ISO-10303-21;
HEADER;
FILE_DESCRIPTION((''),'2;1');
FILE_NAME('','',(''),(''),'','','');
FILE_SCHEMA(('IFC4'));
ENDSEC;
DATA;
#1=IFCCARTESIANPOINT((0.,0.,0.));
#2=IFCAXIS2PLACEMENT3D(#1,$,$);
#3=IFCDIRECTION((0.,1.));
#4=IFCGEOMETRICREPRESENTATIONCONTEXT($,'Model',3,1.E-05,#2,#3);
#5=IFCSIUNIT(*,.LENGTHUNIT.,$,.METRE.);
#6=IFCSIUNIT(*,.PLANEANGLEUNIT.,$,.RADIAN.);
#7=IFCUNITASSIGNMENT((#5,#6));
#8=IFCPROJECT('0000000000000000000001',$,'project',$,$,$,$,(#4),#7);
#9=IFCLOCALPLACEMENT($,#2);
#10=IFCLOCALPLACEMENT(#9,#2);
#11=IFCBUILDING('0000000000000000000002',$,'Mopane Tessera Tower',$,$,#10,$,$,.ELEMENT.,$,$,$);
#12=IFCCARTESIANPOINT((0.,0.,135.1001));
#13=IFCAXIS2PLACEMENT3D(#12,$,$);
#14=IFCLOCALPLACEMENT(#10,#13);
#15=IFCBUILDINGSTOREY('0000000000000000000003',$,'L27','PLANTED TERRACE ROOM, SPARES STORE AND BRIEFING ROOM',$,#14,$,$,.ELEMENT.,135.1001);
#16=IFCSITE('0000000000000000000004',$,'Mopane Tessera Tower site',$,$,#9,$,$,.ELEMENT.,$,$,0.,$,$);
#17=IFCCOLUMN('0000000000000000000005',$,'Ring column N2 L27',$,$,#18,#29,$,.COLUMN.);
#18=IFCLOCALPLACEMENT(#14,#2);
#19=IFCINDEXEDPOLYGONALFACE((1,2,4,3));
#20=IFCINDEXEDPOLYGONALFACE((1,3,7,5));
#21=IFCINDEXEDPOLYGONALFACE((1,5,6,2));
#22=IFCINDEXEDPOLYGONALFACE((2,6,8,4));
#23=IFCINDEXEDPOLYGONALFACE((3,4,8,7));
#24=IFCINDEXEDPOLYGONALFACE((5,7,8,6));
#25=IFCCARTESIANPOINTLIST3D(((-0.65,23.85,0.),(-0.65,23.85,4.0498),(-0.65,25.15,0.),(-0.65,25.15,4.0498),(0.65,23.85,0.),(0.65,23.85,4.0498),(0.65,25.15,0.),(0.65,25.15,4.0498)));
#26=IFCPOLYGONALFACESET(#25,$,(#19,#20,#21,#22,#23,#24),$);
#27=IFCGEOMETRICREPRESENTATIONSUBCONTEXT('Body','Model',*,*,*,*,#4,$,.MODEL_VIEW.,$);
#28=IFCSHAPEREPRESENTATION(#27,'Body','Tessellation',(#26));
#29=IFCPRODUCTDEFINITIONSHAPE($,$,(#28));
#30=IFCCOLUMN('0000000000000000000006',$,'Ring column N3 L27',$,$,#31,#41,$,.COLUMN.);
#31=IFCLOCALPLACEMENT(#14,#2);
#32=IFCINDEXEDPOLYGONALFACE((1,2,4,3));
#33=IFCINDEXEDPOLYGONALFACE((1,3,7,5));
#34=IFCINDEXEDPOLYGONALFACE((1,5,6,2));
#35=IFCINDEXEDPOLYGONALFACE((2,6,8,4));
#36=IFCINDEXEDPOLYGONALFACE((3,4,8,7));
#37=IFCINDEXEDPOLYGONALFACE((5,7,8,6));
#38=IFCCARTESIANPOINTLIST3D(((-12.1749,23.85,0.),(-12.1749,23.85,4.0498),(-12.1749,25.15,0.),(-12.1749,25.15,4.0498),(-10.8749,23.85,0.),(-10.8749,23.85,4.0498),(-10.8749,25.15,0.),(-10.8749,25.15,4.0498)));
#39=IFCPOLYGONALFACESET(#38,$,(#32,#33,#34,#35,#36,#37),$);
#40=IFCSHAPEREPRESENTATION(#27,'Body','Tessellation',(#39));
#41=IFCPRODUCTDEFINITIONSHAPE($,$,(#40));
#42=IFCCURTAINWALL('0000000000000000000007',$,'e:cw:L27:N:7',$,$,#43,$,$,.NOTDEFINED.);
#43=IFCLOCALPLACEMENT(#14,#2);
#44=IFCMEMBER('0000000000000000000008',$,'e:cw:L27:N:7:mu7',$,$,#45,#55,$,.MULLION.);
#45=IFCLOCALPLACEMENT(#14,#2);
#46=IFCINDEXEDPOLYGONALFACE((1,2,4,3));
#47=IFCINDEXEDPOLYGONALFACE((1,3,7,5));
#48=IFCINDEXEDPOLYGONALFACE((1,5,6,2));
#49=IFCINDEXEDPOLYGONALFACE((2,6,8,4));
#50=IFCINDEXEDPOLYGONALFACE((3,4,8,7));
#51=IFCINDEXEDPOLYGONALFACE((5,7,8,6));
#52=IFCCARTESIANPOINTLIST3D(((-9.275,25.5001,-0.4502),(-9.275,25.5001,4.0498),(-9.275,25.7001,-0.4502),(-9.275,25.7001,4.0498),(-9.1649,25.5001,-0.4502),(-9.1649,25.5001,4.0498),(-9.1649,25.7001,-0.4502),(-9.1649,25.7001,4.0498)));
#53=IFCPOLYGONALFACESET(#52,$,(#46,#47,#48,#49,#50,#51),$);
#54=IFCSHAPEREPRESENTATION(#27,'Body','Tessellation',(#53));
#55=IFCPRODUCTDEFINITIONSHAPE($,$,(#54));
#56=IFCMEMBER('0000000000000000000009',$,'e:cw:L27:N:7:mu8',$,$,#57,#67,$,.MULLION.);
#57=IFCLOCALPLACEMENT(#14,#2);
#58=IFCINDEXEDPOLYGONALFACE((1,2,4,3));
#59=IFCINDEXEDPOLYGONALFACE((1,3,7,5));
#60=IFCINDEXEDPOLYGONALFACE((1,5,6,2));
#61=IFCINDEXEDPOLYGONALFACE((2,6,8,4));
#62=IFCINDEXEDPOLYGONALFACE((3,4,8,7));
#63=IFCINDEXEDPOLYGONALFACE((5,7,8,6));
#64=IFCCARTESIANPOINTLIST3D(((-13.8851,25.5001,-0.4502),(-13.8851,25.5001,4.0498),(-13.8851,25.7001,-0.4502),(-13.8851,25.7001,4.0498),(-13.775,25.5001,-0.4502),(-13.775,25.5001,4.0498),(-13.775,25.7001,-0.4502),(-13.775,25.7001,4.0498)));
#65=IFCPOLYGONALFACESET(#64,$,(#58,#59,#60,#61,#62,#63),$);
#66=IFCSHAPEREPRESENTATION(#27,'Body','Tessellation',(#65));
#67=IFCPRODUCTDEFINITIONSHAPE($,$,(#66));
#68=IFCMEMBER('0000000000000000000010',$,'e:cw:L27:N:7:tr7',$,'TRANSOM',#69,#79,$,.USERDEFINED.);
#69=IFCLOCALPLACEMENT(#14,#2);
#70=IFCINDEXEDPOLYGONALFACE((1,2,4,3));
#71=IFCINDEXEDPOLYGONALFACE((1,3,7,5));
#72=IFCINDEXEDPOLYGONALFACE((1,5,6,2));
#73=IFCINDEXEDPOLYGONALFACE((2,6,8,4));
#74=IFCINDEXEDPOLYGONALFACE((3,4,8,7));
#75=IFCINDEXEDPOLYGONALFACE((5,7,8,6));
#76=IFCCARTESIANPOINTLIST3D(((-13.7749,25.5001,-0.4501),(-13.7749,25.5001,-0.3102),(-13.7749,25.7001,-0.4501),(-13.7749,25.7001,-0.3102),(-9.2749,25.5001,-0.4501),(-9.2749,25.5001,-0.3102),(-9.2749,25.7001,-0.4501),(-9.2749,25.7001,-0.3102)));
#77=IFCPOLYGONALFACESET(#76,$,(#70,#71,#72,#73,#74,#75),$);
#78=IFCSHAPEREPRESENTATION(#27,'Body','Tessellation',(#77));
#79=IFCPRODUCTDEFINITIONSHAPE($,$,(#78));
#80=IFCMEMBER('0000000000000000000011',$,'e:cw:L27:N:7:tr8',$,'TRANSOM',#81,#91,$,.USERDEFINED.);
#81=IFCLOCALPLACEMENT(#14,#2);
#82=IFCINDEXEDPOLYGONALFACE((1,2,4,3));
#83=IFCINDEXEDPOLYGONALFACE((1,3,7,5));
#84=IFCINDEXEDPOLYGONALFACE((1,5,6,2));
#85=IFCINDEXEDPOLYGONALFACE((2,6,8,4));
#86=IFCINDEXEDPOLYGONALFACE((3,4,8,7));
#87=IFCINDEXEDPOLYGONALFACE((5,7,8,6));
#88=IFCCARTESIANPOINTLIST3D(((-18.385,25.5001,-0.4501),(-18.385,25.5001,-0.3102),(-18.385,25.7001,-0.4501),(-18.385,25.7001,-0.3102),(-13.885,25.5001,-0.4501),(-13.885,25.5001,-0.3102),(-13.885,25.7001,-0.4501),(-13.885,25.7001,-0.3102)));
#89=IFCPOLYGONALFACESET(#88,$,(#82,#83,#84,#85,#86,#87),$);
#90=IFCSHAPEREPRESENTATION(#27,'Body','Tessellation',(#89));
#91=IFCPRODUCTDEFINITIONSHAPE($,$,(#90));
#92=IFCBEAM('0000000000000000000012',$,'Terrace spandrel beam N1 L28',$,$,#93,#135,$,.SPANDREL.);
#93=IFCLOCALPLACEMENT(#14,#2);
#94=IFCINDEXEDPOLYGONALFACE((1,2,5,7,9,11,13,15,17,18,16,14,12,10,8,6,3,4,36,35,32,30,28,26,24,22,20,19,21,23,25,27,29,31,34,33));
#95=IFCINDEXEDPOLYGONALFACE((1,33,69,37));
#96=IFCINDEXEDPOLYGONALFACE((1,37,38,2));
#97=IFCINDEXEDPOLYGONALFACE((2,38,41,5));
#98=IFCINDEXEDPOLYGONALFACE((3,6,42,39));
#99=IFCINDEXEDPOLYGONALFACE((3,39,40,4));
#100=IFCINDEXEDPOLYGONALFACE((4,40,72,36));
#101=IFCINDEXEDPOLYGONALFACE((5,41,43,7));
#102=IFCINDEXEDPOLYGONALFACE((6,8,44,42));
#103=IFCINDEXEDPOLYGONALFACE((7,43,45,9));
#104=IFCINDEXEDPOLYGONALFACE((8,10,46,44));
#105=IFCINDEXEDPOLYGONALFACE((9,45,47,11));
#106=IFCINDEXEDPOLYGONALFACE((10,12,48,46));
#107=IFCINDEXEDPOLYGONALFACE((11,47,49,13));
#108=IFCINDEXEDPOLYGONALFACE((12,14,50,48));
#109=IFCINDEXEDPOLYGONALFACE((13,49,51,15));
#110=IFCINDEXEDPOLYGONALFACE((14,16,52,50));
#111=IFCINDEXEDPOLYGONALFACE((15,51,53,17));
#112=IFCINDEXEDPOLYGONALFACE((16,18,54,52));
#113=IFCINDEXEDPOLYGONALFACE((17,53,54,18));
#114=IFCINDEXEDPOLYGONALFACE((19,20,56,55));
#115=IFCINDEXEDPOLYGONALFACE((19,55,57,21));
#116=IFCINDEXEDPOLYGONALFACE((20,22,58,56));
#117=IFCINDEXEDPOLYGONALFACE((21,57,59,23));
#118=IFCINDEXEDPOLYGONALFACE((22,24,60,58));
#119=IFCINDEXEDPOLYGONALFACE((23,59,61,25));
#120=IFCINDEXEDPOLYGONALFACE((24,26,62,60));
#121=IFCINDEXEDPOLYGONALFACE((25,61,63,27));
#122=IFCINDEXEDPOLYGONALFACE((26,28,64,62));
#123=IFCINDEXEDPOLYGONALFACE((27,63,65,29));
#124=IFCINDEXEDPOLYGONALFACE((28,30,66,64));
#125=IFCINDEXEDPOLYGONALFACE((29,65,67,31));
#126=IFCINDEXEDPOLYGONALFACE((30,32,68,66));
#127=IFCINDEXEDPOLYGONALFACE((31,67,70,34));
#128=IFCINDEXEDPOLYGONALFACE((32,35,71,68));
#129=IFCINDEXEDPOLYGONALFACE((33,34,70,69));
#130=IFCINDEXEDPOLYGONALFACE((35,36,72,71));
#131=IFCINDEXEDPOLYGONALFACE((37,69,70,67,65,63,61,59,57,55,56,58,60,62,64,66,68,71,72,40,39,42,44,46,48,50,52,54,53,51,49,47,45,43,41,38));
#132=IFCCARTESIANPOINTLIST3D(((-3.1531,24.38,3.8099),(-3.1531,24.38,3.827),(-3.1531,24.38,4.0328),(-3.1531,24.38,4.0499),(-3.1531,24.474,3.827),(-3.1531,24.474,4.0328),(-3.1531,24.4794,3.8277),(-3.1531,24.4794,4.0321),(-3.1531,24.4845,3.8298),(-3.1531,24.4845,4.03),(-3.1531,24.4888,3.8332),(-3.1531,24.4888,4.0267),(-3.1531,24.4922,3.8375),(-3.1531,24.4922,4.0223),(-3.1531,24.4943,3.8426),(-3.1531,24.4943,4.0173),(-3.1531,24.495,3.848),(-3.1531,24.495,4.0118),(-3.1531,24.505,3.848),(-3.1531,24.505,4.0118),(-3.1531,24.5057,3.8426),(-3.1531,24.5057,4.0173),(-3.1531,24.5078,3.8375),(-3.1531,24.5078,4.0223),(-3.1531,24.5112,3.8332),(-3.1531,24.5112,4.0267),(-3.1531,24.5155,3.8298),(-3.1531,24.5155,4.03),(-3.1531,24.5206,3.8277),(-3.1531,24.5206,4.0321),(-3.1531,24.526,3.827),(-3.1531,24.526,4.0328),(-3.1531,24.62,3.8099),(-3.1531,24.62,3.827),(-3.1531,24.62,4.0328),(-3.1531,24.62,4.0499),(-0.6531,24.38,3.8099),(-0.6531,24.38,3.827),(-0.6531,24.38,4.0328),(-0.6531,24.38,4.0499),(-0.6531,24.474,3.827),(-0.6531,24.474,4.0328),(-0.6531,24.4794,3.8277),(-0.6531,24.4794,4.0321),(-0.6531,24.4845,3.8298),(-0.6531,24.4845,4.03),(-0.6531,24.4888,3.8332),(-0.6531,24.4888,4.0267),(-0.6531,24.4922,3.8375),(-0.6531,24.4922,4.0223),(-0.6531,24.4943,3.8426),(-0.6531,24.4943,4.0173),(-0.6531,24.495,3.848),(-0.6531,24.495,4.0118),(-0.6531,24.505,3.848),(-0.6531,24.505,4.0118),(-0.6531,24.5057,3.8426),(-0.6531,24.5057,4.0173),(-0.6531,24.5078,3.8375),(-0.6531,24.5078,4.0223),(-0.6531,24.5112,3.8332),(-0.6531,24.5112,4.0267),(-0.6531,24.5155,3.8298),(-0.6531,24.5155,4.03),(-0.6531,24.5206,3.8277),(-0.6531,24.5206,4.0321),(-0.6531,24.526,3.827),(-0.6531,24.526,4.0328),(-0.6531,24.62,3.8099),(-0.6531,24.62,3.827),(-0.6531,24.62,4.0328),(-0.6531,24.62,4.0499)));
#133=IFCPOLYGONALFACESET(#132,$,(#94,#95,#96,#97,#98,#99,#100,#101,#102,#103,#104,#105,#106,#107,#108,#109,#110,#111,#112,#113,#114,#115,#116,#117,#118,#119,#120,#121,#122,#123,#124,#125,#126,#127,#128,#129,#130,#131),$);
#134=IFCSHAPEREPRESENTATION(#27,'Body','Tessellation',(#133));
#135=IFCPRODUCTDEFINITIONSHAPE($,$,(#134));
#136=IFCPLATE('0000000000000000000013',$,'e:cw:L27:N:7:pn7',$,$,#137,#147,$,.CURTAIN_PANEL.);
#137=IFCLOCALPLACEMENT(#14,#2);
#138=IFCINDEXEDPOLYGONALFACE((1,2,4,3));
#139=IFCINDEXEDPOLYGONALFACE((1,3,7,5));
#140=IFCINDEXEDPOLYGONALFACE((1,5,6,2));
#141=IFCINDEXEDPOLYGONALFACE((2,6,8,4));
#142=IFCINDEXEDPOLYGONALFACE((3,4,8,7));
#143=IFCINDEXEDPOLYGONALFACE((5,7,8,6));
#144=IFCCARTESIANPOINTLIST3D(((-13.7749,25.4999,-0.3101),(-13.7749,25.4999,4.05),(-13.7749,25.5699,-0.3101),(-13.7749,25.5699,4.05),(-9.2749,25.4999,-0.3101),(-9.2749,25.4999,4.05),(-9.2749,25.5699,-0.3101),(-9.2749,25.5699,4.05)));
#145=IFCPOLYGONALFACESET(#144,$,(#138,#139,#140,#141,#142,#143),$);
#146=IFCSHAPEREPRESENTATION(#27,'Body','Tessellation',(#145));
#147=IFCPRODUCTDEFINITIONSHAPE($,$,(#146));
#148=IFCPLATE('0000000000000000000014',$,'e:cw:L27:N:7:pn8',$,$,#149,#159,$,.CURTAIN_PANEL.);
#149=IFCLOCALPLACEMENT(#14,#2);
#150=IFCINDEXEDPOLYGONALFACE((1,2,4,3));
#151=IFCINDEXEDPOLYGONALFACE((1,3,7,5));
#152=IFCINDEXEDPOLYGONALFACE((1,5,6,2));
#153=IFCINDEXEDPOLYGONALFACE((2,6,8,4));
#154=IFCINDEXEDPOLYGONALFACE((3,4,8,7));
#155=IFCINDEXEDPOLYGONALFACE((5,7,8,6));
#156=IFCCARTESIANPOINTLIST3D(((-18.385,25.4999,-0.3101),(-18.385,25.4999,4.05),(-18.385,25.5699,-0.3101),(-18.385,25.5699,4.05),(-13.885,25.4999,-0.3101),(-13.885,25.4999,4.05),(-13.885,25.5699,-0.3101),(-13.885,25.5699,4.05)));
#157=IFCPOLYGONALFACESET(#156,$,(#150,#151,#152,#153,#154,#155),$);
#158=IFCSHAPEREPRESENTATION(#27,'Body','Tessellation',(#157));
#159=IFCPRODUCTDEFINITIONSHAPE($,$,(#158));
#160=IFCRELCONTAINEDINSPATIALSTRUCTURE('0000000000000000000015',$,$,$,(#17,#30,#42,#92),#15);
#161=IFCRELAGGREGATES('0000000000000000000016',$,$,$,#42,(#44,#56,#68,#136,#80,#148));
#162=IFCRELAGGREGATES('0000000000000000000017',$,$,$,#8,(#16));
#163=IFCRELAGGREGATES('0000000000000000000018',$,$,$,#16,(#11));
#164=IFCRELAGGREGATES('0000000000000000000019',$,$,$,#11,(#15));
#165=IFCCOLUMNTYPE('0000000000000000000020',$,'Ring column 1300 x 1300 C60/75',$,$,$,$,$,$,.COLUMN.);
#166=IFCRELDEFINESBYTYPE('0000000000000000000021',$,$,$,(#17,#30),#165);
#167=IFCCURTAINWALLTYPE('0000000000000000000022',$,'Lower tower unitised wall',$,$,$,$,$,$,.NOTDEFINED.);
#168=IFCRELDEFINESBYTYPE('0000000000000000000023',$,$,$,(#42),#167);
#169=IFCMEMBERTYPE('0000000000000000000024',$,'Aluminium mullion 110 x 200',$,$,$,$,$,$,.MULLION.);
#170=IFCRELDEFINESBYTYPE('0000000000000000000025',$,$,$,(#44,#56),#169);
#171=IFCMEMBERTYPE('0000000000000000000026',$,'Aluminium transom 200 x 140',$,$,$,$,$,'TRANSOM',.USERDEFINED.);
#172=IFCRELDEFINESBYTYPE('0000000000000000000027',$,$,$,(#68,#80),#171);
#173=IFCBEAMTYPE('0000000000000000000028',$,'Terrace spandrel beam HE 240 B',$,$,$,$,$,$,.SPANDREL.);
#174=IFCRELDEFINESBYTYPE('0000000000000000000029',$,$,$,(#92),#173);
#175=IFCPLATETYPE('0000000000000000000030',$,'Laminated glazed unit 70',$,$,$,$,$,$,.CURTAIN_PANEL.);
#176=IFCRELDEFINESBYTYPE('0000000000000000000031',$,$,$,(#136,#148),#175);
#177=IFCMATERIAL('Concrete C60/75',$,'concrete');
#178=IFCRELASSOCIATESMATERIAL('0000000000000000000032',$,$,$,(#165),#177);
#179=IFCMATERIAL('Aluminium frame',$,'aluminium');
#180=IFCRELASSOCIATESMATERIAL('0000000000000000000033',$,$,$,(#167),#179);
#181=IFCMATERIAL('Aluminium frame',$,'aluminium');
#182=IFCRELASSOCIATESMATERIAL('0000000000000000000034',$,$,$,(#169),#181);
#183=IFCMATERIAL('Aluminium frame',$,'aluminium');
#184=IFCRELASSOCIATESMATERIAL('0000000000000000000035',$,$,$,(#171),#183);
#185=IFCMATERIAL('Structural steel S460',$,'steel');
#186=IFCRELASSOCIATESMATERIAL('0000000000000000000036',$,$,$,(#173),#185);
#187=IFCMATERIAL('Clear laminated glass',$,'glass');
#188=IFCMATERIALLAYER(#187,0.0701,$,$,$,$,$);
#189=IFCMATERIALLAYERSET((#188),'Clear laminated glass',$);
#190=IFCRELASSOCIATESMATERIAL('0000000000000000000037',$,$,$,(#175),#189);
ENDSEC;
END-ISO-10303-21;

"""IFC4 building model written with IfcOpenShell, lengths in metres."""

from ifc_helpers import new_model, si_unit, direction, frame, origin, origin_2d, place, context, subcontext, project, spatial, rectangle, i_section, extrude, material, layer, layer_set, material_profile, profile_set, type_object, element, aggregate, save


model = new_model("IFC4")

# Units and contexts
model_context = context("Model", 3, precision=1e-05, world=origin(), true_north=direction((0.0, 1.0)))
body_context = subcontext(model_context, "Body", "Model", "MODEL_VIEW")
ifc_project = project(units=[si_unit("LENGTHUNIT", "METRE"), si_unit("PLANEANGLEUNIT", "RADIAN")], contexts=[model_context])

# Site, building, storey
site_placement = place(None, origin())
site = spatial("IfcSite", under=ifc_project, at=site_placement, Name="Mopane Tessera Tower site", CompositionType="ELEMENT", RefElevation=0.0)
building_placement = place(site_placement, origin())
building = spatial("IfcBuilding", under=site, at=building_placement, Name="Mopane Tessera Tower", CompositionType="ELEMENT")
storey_placement = place(building_placement, frame((0.0, 0.0, 135.1001)))
storey = spatial("IfcBuildingStorey", under=building, at=storey_placement, Name="L27", Description="PLANTED TERRACE ROOM, SPARES STORE AND BRIEFING ROOM", CompositionType="ELEMENT", Elevation=135.1001)

# Columns
ifc_material_1 = material(Name="Concrete C60/75", Category="concrete")
ifc_material_profile_1 = material_profile(ifc_material_1, rectangle(XDim=1.3, YDim=1.3, at=origin_2d()))
ifc_profile_set_1 = profile_set([ifc_material_profile_1], Name="Concrete C60/75")
column_type = type_object("IfcColumnType", Name="Ring column 1300 x 1300 C60/75", PredefinedType="COLUMN", material=ifc_profile_set_1)
for number, where, z_axis, x_axis, name in (
    (1, (0.0, 24.5, 0.0), (0.0, 0.0, 1.0), (1.0, 0.0, 0.0), "Ring column N2 L27"),
    (2, (-11.5249, 24.5, 0.0), (0.0, 0.0, 1.0), (1.0, 0.0, 0.0), "Ring column N3 L27"),
):
    element("IfcColumn", number, at=place(storey_placement, frame(where, z_axis=z_axis, x_axis=x_axis)), inside=storey, type_object=column_type, Name=name, PredefinedType="COLUMN", context=body_context, shape_type="SweptSolid", body=[
        extrude(rectangle(XDim=1.3, YDim=1.3, at=origin_2d()), origin(), (0.0, 0.0, 1.0), 4.0498),
    ])

# Curtain wall, members
ifc_material_2 = material(Name="Aluminium frame", Category="aluminium")
curtain_wall_type = type_object("IfcCurtainWallType", Name="Lower tower unitised wall", PredefinedType="NOTDEFINED", material=ifc_material_2)
curtain_wall_placement = place(storey_placement, origin())
curtain_wall = element("IfcCurtainWall", 3, at=curtain_wall_placement, inside=storey, type_object=curtain_wall_type, Name="e:cw:L27:N:7", PredefinedType="NOTDEFINED")
ifc_material_3 = material(Name="Aluminium frame", Category="aluminium")
ifc_material_profile_2 = material_profile(ifc_material_3, rectangle(XDim=0.1101, YDim=0.2, at=origin_2d()))
ifc_profile_set_2 = profile_set([ifc_material_profile_2], Name="Aluminium frame")
member_type_1 = type_object("IfcMemberType", Name="Aluminium mullion 110 x 200", PredefinedType="MULLION", material=ifc_profile_set_2)
member_1_placement = place(storey_placement, frame((-9.22, 25.6001, -0.4502), z_axis=(0.0, 0.0, 1.0), x_axis=(-1.0, 0.0, 0.0)))
member_1 = element("IfcMember", 4, at=member_1_placement, type_object=member_type_1, Name="e:cw:L27:N:7:mu7", PredefinedType="MULLION", context=body_context, shape_type="SweptSolid", body=[
    extrude(rectangle(XDim=0.1101, YDim=0.2, at=origin_2d()), origin(), (0.0, 0.0, 1.0), 4.5),
])
member_2_placement = place(storey_placement, frame((-13.8301, 25.6001, -0.4502), z_axis=(0.0, 0.0, 1.0), x_axis=(-1.0, 0.0, 0.0)))
member_2 = element("IfcMember", 5, at=member_2_placement, type_object=member_type_1, Name="e:cw:L27:N:7:mu8", PredefinedType="MULLION", context=body_context, shape_type="SweptSolid", body=[
    extrude(rectangle(XDim=0.1101, YDim=0.2, at=origin_2d()), origin(), (0.0, 0.0, 1.0), 4.5),
])
ifc_material_4 = material(Name="Aluminium frame", Category="aluminium")
ifc_material_profile_3 = material_profile(ifc_material_4, rectangle(XDim=0.2, YDim=0.1399, at=origin_2d()))
ifc_profile_set_3 = profile_set([ifc_material_profile_3], Name="Aluminium frame")
member_type_2 = type_object("IfcMemberType", Name="Aluminium transom 200 x 140", ElementType="TRANSOM", PredefinedType="USERDEFINED", material=ifc_profile_set_3)
member_3_placement = place(storey_placement, frame((-9.2749, 25.6001, -0.3801), z_axis=(-1.0, 0.0, 0.0), x_axis=(0.0, -1.0, 0.0)))
member_3 = element("IfcMember", 6, at=member_3_placement, type_object=member_type_2, Name="e:cw:L27:N:7:tr7", ObjectType="TRANSOM", PredefinedType="USERDEFINED", context=body_context, shape_type="SweptSolid", body=[
    extrude(rectangle(XDim=0.2, YDim=0.1399, at=origin_2d()), origin(), (0.0, 0.0, 1.0), 4.5),
])
member_4_placement = place(storey_placement, frame((-13.885, 25.6001, -0.3801), z_axis=(-1.0, 0.0, 0.0), x_axis=(0.0, -1.0, 0.0)))
member_4 = element("IfcMember", 7, at=member_4_placement, type_object=member_type_2, Name="e:cw:L27:N:7:tr8", ObjectType="TRANSOM", PredefinedType="USERDEFINED", context=body_context, shape_type="SweptSolid", body=[
    extrude(rectangle(XDim=0.2, YDim=0.1399, at=origin_2d()), origin(), (0.0, 0.0, 1.0), 4.5),
])

# Beam
ifc_material_5 = material(Name="Structural steel S460", Category="steel")
ifc_material_profile_4 = material_profile(ifc_material_5, i_section(OverallWidth=0.24, OverallDepth=0.24, WebThickness=0.01, FlangeThickness=0.0171, FilletRadius=0.021, at=origin_2d()))
ifc_profile_set_4 = profile_set([ifc_material_profile_4], Name="Structural steel S460")
beam_type = type_object("IfcBeamType", Name="Terrace spandrel beam HE 240 B", PredefinedType="SPANDREL", material=ifc_profile_set_4)
beam_placement = place(storey_placement, frame((-0.6531, 24.5, 3.9299), z_axis=(-1.0, 0.0, 0.0), x_axis=(0.0, -1.0, 0.0)))
element("IfcBeam", 8, at=beam_placement, inside=storey, type_object=beam_type, Name="Terrace spandrel beam N1 L28", PredefinedType="SPANDREL", context=body_context, shape_type="SweptSolid", body=[
    extrude(i_section(OverallWidth=0.24, OverallDepth=0.24, WebThickness=0.01, FlangeThickness=0.0171, FilletRadius=0.021, at=origin_2d()), origin(), (0.0, 0.0, 1.0), 2.5),
])

# Plates
ifc_material_6 = material(Name="Clear laminated glass", Category="glass")
ifc_layer_1 = layer(ifc_material_6, 0.0701)
ifc_layer_set_1 = layer_set([ifc_layer_1], Name="Clear laminated glass")
plate_type = type_object("IfcPlateType", Name="Laminated glazed unit 70", PredefinedType="CURTAIN_PANEL", material=ifc_layer_set_1)
plate_1_placement = place(storey_placement, frame((-11.5249, 25.5349, -0.3101), z_axis=(0.0, 0.0, 1.0), x_axis=(-1.0, 0.0, 0.0)))
plate_1 = element("IfcPlate", 9, at=plate_1_placement, type_object=plate_type, Name="e:cw:L27:N:7:pn7", PredefinedType="CURTAIN_PANEL", context=body_context, shape_type="SweptSolid", body=[
    extrude(rectangle(XDim=4.5, YDim=0.0701, at=origin_2d()), origin(), (0.0, 0.0, 1.0), 4.3601),
])
plate_2_placement = place(storey_placement, frame((-16.135, 25.5349, -0.3101), z_axis=(0.0, 0.0, 1.0), x_axis=(-1.0, 0.0, 0.0)))
plate_2 = element("IfcPlate", 10, at=plate_2_placement, type_object=plate_type, Name="e:cw:L27:N:7:pn8", PredefinedType="CURTAIN_PANEL", context=body_context, shape_type="SweptSolid", body=[
    extrude(rectangle(XDim=4.5, YDim=0.0701, at=origin_2d()), origin(), (0.0, 0.0, 1.0), 4.3601),
])
aggregate(curtain_wall, [member_1, member_2, member_3, plate_1, member_4, plate_2])

save(model, "model.ifc")
